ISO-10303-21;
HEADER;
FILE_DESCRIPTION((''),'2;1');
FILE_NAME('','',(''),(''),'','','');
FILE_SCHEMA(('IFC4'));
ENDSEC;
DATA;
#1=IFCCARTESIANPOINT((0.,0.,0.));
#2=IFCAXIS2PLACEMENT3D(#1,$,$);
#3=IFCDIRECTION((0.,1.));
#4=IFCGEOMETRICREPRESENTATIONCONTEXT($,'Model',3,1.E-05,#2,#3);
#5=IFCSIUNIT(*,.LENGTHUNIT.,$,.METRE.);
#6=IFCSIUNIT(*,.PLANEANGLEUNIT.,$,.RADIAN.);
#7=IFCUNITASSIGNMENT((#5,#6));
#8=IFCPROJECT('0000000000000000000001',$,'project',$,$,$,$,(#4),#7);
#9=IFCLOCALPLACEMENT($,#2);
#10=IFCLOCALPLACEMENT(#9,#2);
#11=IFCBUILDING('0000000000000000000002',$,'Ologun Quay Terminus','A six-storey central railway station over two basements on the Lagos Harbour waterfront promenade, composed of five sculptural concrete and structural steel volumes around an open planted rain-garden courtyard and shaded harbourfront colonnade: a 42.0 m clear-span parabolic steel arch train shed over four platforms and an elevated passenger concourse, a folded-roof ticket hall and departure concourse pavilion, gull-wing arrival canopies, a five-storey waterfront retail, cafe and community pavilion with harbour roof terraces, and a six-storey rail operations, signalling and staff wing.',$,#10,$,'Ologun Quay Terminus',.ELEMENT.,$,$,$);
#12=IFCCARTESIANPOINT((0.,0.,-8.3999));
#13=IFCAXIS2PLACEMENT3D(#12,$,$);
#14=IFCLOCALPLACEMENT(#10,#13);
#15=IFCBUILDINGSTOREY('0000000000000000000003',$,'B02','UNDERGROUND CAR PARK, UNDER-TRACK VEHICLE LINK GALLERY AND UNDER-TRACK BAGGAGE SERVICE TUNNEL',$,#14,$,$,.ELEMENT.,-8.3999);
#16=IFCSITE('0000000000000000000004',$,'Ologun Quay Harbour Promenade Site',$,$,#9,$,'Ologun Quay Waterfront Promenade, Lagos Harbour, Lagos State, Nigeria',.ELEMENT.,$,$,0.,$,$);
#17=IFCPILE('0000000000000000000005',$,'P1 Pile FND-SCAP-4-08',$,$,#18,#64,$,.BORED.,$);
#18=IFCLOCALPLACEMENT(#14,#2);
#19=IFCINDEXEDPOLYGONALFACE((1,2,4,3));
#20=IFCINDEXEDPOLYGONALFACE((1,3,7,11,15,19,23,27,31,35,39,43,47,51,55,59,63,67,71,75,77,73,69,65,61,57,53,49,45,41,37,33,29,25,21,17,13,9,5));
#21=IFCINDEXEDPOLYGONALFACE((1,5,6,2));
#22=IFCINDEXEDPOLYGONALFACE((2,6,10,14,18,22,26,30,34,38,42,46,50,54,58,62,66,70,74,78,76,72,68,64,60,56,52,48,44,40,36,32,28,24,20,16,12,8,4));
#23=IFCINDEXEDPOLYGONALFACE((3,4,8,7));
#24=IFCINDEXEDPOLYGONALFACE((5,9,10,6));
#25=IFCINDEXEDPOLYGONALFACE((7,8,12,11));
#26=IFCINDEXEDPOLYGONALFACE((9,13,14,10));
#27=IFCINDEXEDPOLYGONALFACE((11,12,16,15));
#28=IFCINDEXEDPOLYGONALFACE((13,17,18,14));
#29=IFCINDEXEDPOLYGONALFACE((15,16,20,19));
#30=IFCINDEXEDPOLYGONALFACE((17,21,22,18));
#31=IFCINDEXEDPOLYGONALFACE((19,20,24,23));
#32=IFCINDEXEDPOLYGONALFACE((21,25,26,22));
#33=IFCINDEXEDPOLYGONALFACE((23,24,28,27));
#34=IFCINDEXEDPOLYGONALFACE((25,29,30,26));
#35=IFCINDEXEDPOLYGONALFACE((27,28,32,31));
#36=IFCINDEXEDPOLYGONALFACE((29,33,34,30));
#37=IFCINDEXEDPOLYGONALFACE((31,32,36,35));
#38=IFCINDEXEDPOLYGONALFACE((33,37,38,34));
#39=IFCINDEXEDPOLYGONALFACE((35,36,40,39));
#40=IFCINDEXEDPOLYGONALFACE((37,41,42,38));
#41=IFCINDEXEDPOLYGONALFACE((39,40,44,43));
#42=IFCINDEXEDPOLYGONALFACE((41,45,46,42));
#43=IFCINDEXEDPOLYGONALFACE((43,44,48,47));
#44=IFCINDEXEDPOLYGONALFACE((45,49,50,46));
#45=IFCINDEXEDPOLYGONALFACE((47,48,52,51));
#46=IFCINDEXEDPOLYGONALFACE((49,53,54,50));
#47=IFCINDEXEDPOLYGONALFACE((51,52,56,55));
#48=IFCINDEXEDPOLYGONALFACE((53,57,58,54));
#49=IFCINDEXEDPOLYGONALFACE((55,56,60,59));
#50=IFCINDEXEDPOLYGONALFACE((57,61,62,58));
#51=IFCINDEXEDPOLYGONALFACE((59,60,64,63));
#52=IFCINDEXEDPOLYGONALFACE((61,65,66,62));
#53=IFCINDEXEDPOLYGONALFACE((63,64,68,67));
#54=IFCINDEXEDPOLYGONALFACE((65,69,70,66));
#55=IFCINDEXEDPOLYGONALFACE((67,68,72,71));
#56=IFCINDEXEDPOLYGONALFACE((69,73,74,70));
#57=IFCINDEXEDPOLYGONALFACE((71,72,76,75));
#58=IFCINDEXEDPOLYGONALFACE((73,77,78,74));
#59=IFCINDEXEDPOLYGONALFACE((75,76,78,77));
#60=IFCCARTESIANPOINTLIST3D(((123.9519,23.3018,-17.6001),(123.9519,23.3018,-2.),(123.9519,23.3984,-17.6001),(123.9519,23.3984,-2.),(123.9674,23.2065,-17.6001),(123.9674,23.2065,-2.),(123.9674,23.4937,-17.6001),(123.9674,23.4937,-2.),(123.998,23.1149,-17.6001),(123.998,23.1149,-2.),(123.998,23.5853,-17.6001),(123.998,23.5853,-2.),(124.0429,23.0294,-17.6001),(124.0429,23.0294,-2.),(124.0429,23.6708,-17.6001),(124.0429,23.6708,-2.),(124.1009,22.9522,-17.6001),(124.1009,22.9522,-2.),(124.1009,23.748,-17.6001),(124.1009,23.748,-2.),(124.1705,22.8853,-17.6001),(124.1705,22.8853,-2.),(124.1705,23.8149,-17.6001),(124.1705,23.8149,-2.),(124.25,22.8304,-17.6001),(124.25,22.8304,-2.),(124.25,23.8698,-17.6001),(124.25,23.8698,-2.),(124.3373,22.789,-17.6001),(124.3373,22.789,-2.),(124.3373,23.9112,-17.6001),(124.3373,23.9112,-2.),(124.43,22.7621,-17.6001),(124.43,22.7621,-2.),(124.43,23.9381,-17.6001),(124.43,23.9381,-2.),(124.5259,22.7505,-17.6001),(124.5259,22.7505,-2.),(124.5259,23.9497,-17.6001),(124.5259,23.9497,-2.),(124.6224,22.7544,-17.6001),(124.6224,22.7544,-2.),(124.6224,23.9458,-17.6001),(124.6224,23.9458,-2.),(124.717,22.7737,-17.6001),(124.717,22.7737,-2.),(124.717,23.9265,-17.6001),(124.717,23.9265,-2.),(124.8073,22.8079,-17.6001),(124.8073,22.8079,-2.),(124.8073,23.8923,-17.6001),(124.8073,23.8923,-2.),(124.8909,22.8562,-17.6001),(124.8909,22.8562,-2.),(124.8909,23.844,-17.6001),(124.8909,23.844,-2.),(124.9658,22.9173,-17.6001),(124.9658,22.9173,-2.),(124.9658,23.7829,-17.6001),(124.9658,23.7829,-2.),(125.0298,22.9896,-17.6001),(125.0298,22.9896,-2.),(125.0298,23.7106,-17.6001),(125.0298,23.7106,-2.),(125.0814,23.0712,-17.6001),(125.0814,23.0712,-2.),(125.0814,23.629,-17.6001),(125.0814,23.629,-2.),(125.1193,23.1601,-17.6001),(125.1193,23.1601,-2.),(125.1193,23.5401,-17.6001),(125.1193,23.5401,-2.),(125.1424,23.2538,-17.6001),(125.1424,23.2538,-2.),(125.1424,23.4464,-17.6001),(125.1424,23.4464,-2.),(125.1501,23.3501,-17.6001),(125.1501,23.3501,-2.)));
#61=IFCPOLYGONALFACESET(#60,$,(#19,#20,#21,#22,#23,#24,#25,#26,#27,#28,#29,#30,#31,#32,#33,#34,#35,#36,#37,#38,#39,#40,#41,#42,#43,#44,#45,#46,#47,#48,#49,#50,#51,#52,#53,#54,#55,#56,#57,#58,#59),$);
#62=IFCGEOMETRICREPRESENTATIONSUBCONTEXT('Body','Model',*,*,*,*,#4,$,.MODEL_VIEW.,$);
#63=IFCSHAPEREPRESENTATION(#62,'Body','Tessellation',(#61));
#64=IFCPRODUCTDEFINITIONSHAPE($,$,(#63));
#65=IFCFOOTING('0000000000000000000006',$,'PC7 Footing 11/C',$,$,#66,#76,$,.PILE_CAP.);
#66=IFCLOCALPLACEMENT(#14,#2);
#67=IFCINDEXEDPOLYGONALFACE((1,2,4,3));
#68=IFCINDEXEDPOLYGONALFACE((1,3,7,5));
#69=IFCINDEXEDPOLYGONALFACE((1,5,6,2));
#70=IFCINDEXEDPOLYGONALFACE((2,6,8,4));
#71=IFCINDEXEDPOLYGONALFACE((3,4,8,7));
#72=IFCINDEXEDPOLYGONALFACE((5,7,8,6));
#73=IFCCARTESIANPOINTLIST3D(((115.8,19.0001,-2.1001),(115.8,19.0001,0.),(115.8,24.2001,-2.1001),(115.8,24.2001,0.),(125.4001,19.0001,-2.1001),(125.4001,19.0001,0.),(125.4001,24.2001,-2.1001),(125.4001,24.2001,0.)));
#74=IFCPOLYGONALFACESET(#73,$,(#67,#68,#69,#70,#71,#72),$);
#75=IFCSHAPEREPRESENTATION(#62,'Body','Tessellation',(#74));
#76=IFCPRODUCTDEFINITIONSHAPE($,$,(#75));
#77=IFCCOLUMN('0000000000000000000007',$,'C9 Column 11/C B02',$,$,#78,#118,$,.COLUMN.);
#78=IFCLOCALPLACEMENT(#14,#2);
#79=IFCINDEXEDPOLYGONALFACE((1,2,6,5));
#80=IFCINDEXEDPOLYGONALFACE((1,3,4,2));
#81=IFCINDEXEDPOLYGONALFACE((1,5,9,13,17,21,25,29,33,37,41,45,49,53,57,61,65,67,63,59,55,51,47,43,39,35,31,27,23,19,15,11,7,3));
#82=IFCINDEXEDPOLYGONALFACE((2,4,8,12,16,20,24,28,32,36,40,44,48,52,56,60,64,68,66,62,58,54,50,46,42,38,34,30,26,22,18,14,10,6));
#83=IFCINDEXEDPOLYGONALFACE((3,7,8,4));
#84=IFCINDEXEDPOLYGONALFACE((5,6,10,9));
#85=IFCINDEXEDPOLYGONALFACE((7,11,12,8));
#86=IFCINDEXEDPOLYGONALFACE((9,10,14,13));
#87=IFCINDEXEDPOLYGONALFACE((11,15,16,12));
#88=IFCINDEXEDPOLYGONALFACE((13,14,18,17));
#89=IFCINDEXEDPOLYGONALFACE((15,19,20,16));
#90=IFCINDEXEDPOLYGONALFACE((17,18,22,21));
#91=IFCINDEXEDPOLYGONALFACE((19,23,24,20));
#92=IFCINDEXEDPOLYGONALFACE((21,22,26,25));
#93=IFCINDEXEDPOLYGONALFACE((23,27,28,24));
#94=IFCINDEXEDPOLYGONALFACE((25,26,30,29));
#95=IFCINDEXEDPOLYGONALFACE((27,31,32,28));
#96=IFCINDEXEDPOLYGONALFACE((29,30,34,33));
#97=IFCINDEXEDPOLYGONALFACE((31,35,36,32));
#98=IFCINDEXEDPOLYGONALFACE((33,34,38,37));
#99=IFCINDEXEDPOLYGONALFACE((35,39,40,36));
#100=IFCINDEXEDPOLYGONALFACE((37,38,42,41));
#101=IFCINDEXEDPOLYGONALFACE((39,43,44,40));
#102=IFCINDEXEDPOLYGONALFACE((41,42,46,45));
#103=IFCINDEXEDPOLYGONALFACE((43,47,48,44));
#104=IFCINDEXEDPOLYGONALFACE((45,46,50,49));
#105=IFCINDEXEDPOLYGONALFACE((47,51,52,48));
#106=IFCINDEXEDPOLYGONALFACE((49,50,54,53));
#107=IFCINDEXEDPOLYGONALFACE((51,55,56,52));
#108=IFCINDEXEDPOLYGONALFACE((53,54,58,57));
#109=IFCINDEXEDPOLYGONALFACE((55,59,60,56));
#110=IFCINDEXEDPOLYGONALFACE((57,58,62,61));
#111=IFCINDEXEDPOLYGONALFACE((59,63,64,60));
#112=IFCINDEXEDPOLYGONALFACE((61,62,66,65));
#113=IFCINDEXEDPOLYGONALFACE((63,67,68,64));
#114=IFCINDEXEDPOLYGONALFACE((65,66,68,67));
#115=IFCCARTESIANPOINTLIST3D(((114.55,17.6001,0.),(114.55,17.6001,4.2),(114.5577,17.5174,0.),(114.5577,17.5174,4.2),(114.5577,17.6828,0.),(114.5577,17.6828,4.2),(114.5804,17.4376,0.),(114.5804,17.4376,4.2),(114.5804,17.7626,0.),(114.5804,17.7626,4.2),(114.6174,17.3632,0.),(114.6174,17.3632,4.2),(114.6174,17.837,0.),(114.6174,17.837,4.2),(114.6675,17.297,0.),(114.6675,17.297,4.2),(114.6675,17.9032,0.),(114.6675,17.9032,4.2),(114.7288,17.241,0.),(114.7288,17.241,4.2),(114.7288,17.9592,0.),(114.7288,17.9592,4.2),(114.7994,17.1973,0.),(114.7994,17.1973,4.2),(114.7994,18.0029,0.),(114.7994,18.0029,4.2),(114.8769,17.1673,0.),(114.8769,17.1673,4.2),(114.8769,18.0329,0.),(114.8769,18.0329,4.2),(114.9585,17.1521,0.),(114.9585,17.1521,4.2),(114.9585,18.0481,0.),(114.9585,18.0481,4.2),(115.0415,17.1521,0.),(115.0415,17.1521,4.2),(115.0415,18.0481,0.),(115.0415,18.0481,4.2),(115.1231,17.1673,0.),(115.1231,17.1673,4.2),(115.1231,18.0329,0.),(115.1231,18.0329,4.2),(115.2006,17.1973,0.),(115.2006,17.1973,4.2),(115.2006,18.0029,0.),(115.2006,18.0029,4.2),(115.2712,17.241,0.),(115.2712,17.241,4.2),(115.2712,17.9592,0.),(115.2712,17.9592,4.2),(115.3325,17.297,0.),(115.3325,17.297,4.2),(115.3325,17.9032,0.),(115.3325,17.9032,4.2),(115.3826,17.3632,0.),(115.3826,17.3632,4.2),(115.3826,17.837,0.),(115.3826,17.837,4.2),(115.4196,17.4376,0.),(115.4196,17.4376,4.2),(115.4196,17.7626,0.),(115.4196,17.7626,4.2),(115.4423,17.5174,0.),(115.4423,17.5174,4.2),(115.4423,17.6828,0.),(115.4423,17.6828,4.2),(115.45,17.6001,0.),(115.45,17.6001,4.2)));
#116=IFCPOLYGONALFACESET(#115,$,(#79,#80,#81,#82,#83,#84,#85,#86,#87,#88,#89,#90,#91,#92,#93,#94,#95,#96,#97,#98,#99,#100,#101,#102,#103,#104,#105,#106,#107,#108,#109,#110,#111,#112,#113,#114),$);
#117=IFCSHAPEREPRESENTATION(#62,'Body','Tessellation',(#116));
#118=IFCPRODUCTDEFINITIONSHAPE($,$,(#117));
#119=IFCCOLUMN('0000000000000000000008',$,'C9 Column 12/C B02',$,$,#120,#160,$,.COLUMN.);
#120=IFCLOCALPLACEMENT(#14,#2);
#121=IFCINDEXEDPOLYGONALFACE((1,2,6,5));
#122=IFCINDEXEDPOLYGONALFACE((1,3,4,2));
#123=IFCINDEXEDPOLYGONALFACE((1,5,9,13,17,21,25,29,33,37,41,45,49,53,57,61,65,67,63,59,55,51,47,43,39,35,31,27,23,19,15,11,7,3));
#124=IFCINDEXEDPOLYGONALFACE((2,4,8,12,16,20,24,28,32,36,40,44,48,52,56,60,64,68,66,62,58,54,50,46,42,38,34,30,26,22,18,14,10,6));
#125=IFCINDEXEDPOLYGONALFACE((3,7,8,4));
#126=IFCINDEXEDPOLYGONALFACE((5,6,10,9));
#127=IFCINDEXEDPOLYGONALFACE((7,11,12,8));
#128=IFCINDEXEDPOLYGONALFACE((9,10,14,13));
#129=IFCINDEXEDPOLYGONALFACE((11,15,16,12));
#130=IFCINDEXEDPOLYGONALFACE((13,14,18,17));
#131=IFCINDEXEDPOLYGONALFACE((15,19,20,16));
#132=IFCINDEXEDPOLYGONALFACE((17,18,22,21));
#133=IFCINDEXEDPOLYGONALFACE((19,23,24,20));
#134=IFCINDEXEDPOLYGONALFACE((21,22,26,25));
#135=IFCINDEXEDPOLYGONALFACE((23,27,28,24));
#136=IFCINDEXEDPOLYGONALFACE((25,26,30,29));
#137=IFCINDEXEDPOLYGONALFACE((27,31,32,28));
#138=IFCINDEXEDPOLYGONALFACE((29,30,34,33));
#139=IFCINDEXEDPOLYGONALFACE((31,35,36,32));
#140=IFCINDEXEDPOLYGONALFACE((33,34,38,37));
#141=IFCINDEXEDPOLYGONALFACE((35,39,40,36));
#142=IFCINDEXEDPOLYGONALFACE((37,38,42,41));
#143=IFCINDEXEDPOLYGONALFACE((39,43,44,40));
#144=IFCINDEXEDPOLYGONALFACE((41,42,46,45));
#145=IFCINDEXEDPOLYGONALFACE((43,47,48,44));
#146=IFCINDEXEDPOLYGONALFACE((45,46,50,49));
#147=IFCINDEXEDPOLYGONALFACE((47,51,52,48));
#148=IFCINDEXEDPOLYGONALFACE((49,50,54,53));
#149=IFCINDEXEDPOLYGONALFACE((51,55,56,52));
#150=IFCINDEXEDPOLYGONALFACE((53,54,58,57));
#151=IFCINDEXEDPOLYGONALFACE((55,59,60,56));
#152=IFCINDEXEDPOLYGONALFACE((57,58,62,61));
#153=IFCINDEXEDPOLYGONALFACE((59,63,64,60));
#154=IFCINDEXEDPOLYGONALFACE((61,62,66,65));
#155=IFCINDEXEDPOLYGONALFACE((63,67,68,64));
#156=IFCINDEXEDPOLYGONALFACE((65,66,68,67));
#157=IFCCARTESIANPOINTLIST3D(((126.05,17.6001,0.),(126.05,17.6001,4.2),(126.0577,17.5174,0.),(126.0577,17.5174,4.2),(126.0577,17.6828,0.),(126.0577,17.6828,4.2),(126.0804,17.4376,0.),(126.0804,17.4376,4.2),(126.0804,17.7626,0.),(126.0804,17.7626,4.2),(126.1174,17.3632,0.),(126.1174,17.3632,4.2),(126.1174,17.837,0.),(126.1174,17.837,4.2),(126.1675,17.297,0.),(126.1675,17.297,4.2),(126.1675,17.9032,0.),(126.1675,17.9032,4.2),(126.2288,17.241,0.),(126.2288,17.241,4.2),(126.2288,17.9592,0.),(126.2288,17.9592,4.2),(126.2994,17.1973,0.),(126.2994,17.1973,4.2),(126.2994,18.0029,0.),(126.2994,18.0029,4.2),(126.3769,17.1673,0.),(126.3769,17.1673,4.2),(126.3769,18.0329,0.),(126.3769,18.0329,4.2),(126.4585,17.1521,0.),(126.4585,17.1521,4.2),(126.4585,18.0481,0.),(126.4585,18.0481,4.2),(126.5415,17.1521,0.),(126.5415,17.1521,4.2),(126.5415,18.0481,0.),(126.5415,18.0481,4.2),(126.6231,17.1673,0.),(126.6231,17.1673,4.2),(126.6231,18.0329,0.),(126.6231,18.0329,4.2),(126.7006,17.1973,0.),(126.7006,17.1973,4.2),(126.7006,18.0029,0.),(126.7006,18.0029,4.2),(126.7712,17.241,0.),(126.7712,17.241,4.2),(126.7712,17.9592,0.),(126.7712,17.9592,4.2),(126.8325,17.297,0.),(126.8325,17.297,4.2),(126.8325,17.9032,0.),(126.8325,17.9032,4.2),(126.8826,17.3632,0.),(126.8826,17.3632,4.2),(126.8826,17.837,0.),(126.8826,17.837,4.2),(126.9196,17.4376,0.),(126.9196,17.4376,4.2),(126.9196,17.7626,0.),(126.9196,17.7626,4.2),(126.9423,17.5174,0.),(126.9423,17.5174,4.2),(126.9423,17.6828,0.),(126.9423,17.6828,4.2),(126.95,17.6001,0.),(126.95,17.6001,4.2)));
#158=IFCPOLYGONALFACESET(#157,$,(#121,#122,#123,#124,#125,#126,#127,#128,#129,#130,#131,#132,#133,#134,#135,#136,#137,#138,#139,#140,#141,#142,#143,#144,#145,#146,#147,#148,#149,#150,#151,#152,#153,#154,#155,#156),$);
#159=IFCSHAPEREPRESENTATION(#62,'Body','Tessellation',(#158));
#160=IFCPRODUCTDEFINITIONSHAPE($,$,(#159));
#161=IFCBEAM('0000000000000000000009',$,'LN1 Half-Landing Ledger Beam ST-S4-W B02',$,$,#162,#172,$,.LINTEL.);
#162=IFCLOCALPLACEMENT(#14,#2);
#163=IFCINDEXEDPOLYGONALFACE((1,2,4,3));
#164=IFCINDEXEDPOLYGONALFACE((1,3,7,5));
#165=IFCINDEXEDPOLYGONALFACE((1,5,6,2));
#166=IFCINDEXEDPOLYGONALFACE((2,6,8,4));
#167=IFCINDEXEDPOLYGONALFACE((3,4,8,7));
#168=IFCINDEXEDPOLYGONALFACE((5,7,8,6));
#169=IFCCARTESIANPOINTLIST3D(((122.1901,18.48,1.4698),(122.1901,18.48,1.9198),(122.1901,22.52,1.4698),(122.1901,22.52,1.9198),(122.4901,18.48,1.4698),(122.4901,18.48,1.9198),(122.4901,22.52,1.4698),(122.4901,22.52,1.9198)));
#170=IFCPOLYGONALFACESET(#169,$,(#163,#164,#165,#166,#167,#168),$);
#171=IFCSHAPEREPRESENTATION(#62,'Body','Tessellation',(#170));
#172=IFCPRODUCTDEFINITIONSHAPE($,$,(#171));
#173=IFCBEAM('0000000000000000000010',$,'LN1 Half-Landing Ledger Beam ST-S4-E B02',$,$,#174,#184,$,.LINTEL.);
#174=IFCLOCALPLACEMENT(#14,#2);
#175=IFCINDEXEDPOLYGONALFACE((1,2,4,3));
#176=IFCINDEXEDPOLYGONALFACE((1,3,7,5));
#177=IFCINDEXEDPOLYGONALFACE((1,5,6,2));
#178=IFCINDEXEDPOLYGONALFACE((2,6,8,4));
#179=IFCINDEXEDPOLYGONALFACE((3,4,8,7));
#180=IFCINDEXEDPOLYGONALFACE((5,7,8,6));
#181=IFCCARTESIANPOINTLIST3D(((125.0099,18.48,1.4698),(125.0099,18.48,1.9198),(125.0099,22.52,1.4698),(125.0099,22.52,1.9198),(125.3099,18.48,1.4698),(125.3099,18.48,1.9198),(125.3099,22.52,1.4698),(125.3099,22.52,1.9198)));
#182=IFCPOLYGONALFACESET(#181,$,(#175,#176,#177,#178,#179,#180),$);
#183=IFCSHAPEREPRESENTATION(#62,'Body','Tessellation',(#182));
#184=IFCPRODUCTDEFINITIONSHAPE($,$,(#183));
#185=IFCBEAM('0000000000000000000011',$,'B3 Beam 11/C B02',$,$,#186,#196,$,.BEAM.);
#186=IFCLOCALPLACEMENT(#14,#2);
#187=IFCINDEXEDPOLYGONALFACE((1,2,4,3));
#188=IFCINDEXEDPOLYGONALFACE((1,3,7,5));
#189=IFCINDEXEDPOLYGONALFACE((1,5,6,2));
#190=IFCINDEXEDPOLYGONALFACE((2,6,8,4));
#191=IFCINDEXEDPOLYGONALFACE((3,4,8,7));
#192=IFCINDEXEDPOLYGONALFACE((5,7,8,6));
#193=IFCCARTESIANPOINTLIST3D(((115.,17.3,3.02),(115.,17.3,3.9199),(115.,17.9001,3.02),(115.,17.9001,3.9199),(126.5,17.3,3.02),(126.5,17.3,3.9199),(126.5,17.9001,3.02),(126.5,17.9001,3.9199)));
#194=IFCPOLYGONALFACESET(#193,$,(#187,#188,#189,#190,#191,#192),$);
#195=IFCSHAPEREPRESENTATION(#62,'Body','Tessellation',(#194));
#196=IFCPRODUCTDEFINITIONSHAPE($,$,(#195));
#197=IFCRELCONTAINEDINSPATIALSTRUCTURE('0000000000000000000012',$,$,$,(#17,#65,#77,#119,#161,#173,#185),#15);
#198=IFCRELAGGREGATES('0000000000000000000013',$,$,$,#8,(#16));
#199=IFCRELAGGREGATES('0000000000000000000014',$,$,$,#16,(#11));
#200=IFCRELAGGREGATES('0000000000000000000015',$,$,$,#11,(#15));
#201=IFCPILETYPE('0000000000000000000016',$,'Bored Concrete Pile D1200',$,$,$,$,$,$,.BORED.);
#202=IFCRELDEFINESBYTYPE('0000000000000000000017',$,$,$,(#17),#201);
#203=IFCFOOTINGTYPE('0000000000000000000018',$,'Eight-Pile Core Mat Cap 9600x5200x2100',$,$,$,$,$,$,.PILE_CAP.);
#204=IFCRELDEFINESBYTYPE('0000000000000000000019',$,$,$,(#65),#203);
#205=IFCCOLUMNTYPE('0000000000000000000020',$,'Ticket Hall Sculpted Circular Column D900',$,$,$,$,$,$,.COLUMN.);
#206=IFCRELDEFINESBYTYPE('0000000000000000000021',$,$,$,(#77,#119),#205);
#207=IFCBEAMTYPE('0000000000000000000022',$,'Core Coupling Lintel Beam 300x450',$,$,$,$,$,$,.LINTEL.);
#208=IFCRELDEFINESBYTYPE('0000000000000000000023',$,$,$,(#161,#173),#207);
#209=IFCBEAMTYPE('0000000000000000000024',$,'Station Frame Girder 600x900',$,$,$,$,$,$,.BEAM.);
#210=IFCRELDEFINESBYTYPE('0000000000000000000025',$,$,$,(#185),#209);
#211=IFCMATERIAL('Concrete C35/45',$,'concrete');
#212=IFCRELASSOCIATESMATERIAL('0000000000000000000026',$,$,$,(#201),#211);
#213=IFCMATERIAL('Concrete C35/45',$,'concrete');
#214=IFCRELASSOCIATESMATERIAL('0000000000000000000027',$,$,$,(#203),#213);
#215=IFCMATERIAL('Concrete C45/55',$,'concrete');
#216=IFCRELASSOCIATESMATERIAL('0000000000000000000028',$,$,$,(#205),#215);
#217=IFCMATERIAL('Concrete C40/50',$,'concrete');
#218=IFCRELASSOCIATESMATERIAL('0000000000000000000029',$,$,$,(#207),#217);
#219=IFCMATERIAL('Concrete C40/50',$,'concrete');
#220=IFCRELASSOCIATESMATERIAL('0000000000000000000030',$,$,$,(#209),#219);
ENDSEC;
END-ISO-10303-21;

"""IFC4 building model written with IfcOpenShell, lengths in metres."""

from ifc_helpers import new_model, si_unit, direction, frame, origin, origin_2d, place, context, subcontext, project, spatial, rectangle, circle, extrude, material, material_profile, profile_set, type_object, element, save


model = new_model("IFC4")

# Units and contexts
model_context = context("Model", 3, precision=1e-05, world=origin(), true_north=direction((0.0, 1.0)))
body_context = subcontext(model_context, "Body", "Model", "MODEL_VIEW")
ifc_project = project(units=[si_unit("LENGTHUNIT", "METRE"), si_unit("PLANEANGLEUNIT", "RADIAN")], contexts=[model_context])

# Site, building, storey
site_placement = place(None, origin())
site = spatial("IfcSite", under=ifc_project, at=site_placement, Name="Ologun Quay Harbour Promenade Site", LongName="Ologun Quay Waterfront Promenade, Lagos Harbour, Lagos State, Nigeria", CompositionType="ELEMENT", RefElevation=0.0)
building_placement = place(site_placement, origin())
building = spatial("IfcBuilding", under=site, at=building_placement, Name="Ologun Quay Terminus", Description="A six-storey central railway station over two basements on the Lagos Harbour waterfront promenade, composed of five sculptural concrete and structural steel volumes around an open planted rain-garden courtyard and shaded harbourfront colonnade: a 42.0 m clear-span parabolic steel arch train shed over four platforms and an elevated passenger concourse, a folded-roof ticket hall and departure concourse pavilion, gull-wing arrival canopies, a five-storey waterfront retail, cafe and community pavilion with harbour roof terraces, and a six-storey rail operations, signalling and staff wing.", LongName="Ologun Quay Terminus", CompositionType="ELEMENT")
storey_placement = place(building_placement, frame((0.0, 0.0, -8.3999)))
storey = spatial("IfcBuildingStorey", under=building, at=storey_placement, Name="B02", Description="UNDERGROUND CAR PARK, UNDER-TRACK VEHICLE LINK GALLERY AND UNDER-TRACK BAGGAGE SERVICE TUNNEL", CompositionType="ELEMENT", Elevation=-8.3999)

# Pile
ifc_material_1 = material(Name="Concrete C35/45", Category="concrete")
ifc_material_profile_1 = material_profile(ifc_material_1, circle(Radius=0.6001, at=origin_2d()), Name="PILE D1200")
ifc_profile_set_1 = profile_set([ifc_material_profile_1], Name="Concrete C35/45")
pile_type_1 = type_object("IfcPileType", Name="Bored Concrete Pile D1200", PredefinedType="BORED", material=ifc_profile_set_1)
for number, where, z_axis, x_axis, name in (
    (1, (124.55, 23.3501, -2.0), (0.0, 0.0, -1.0), (1.0, 0.0, 0.0), "P1 Pile FND-SCAP-4-08"),
):
    element("IfcPile", number, at=place(storey_placement, frame(where, z_axis=z_axis, x_axis=x_axis)), inside=storey, type_object=pile_type_1, Name=name, PredefinedType="BORED", context=body_context, shape_type="SweptSolid", body=[
        extrude(circle(Radius=0.6001, at=origin_2d()), origin(), (0.0, 0.0, 1.0), 15.6001),
    ])

# Footing
ifc_material_2 = material(Name="Concrete C35/45", Category="concrete")
footing_type = type_object("IfcFootingType", Name="Eight-Pile Core Mat Cap 9600x5200x2100", PredefinedType="PILE_CAP", material=ifc_material_2)
footing_placement = place(storey_placement, frame((120.6001, 21.6001, -2.1001), z_axis=(0.0, 0.0, 1.0), x_axis=(1.0, 0.0, 0.0)))
element("IfcFooting", 2, at=footing_placement, inside=storey, type_object=footing_type, Name="PC7 Footing 11/C", PredefinedType="PILE_CAP", context=body_context, shape_type="SweptSolid", body=[
    extrude(rectangle(XDim=9.6001, YDim=5.2, at=origin_2d()), origin(), (0.0, 0.0, 1.0), 2.1001),
])

# Columns
ifc_material_3 = material(Name="Concrete C45/55", Category="concrete")
ifc_material_profile_2 = material_profile(ifc_material_3, circle(Radius=0.45, at=origin_2d()), Name="RC D900")
ifc_profile_set_2 = profile_set([ifc_material_profile_2], Name="Concrete C45/55")
column_type = type_object("IfcColumnType", Name="Ticket Hall Sculpted Circular Column D900", PredefinedType="COLUMN", material=ifc_profile_set_2)
for number, where, z_axis, x_axis, name in (
    (3, (115.0, 17.6001, 0.0), (0.0, 0.0, 1.0), (1.0, 0.0, 0.0), "C9 Column 11/C B02"),
    (4, (126.5, 17.6001, 0.0), (0.0, 0.0, 1.0), (1.0, 0.0, 0.0), "C9 Column 12/C B02"),
):
    element("IfcColumn", number, at=place(storey_placement, frame(where, z_axis=z_axis, x_axis=x_axis)), inside=storey, type_object=column_type, Name=name, PredefinedType="COLUMN", context=body_context, shape_type="SweptSolid", body=[
        extrude(circle(Radius=0.45, at=origin_2d()), origin(), (0.0, 0.0, 1.0), 4.2),
    ])

# Beams
ifc_material_4 = material(Name="Concrete C40/50", Category="concrete")
ifc_material_profile_3 = material_profile(ifc_material_4, rectangle(XDim=0.3, YDim=0.45, at=origin_2d()), Name="RC 300x450")
ifc_profile_set_3 = profile_set([ifc_material_profile_3], Name="Concrete C40/50")
beam_type_1 = type_object("IfcBeamType", Name="Core Coupling Lintel Beam 300x450", PredefinedType="LINTEL", material=ifc_profile_set_3)
for number, where, z_axis, x_axis, name in (
    (5, (122.3401, 18.48, 1.6948), (0.0, 1.0, 0.0), (-1.0, 0.0, 0.0), "LN1 Half-Landing Ledger Beam ST-S4-W B02"),
    (6, (125.1599, 18.48, 1.6948), (0.0, 1.0, 0.0), (-1.0, 0.0, 0.0), "LN1 Half-Landing Ledger Beam ST-S4-E B02"),
):
    element("IfcBeam", number, at=place(storey_placement, frame(where, z_axis=z_axis, x_axis=x_axis)), inside=storey, type_object=beam_type_1, Name=name, PredefinedType="LINTEL", context=body_context, shape_type="SweptSolid", body=[
        extrude(rectangle(XDim=0.3, YDim=0.45, at=origin_2d()), origin(), (0.0, 0.0, 1.0), 4.04),
    ])
ifc_material_5 = material(Name="Concrete C40/50", Category="concrete")
ifc_material_profile_4 = material_profile(ifc_material_5, rectangle(XDim=0.6001, YDim=0.8999, at=origin_2d()), Name="RC 600x900")
ifc_profile_set_4 = profile_set([ifc_material_profile_4], Name="Concrete C40/50")
beam_type_2 = type_object("IfcBeamType", Name="Station Frame Girder 600x900", PredefinedType="BEAM", material=ifc_profile_set_4)
beam_1_placement = place(storey_placement, frame((115.0, 17.6001, 3.47), z_axis=(1.0, 0.0, 0.0), x_axis=(0.0, 1.0, 0.0)))
element("IfcBeam", 7, at=beam_1_placement, inside=storey, type_object=beam_type_2, Name="B3 Beam 11/C B02", PredefinedType="BEAM", context=body_context, shape_type="SweptSolid", body=[
    extrude(rectangle(XDim=0.6001, YDim=0.8999, at=origin_2d()), origin(), (0.0, 0.0, 1.0), 11.5),
])

save(model, "model.ifc")
